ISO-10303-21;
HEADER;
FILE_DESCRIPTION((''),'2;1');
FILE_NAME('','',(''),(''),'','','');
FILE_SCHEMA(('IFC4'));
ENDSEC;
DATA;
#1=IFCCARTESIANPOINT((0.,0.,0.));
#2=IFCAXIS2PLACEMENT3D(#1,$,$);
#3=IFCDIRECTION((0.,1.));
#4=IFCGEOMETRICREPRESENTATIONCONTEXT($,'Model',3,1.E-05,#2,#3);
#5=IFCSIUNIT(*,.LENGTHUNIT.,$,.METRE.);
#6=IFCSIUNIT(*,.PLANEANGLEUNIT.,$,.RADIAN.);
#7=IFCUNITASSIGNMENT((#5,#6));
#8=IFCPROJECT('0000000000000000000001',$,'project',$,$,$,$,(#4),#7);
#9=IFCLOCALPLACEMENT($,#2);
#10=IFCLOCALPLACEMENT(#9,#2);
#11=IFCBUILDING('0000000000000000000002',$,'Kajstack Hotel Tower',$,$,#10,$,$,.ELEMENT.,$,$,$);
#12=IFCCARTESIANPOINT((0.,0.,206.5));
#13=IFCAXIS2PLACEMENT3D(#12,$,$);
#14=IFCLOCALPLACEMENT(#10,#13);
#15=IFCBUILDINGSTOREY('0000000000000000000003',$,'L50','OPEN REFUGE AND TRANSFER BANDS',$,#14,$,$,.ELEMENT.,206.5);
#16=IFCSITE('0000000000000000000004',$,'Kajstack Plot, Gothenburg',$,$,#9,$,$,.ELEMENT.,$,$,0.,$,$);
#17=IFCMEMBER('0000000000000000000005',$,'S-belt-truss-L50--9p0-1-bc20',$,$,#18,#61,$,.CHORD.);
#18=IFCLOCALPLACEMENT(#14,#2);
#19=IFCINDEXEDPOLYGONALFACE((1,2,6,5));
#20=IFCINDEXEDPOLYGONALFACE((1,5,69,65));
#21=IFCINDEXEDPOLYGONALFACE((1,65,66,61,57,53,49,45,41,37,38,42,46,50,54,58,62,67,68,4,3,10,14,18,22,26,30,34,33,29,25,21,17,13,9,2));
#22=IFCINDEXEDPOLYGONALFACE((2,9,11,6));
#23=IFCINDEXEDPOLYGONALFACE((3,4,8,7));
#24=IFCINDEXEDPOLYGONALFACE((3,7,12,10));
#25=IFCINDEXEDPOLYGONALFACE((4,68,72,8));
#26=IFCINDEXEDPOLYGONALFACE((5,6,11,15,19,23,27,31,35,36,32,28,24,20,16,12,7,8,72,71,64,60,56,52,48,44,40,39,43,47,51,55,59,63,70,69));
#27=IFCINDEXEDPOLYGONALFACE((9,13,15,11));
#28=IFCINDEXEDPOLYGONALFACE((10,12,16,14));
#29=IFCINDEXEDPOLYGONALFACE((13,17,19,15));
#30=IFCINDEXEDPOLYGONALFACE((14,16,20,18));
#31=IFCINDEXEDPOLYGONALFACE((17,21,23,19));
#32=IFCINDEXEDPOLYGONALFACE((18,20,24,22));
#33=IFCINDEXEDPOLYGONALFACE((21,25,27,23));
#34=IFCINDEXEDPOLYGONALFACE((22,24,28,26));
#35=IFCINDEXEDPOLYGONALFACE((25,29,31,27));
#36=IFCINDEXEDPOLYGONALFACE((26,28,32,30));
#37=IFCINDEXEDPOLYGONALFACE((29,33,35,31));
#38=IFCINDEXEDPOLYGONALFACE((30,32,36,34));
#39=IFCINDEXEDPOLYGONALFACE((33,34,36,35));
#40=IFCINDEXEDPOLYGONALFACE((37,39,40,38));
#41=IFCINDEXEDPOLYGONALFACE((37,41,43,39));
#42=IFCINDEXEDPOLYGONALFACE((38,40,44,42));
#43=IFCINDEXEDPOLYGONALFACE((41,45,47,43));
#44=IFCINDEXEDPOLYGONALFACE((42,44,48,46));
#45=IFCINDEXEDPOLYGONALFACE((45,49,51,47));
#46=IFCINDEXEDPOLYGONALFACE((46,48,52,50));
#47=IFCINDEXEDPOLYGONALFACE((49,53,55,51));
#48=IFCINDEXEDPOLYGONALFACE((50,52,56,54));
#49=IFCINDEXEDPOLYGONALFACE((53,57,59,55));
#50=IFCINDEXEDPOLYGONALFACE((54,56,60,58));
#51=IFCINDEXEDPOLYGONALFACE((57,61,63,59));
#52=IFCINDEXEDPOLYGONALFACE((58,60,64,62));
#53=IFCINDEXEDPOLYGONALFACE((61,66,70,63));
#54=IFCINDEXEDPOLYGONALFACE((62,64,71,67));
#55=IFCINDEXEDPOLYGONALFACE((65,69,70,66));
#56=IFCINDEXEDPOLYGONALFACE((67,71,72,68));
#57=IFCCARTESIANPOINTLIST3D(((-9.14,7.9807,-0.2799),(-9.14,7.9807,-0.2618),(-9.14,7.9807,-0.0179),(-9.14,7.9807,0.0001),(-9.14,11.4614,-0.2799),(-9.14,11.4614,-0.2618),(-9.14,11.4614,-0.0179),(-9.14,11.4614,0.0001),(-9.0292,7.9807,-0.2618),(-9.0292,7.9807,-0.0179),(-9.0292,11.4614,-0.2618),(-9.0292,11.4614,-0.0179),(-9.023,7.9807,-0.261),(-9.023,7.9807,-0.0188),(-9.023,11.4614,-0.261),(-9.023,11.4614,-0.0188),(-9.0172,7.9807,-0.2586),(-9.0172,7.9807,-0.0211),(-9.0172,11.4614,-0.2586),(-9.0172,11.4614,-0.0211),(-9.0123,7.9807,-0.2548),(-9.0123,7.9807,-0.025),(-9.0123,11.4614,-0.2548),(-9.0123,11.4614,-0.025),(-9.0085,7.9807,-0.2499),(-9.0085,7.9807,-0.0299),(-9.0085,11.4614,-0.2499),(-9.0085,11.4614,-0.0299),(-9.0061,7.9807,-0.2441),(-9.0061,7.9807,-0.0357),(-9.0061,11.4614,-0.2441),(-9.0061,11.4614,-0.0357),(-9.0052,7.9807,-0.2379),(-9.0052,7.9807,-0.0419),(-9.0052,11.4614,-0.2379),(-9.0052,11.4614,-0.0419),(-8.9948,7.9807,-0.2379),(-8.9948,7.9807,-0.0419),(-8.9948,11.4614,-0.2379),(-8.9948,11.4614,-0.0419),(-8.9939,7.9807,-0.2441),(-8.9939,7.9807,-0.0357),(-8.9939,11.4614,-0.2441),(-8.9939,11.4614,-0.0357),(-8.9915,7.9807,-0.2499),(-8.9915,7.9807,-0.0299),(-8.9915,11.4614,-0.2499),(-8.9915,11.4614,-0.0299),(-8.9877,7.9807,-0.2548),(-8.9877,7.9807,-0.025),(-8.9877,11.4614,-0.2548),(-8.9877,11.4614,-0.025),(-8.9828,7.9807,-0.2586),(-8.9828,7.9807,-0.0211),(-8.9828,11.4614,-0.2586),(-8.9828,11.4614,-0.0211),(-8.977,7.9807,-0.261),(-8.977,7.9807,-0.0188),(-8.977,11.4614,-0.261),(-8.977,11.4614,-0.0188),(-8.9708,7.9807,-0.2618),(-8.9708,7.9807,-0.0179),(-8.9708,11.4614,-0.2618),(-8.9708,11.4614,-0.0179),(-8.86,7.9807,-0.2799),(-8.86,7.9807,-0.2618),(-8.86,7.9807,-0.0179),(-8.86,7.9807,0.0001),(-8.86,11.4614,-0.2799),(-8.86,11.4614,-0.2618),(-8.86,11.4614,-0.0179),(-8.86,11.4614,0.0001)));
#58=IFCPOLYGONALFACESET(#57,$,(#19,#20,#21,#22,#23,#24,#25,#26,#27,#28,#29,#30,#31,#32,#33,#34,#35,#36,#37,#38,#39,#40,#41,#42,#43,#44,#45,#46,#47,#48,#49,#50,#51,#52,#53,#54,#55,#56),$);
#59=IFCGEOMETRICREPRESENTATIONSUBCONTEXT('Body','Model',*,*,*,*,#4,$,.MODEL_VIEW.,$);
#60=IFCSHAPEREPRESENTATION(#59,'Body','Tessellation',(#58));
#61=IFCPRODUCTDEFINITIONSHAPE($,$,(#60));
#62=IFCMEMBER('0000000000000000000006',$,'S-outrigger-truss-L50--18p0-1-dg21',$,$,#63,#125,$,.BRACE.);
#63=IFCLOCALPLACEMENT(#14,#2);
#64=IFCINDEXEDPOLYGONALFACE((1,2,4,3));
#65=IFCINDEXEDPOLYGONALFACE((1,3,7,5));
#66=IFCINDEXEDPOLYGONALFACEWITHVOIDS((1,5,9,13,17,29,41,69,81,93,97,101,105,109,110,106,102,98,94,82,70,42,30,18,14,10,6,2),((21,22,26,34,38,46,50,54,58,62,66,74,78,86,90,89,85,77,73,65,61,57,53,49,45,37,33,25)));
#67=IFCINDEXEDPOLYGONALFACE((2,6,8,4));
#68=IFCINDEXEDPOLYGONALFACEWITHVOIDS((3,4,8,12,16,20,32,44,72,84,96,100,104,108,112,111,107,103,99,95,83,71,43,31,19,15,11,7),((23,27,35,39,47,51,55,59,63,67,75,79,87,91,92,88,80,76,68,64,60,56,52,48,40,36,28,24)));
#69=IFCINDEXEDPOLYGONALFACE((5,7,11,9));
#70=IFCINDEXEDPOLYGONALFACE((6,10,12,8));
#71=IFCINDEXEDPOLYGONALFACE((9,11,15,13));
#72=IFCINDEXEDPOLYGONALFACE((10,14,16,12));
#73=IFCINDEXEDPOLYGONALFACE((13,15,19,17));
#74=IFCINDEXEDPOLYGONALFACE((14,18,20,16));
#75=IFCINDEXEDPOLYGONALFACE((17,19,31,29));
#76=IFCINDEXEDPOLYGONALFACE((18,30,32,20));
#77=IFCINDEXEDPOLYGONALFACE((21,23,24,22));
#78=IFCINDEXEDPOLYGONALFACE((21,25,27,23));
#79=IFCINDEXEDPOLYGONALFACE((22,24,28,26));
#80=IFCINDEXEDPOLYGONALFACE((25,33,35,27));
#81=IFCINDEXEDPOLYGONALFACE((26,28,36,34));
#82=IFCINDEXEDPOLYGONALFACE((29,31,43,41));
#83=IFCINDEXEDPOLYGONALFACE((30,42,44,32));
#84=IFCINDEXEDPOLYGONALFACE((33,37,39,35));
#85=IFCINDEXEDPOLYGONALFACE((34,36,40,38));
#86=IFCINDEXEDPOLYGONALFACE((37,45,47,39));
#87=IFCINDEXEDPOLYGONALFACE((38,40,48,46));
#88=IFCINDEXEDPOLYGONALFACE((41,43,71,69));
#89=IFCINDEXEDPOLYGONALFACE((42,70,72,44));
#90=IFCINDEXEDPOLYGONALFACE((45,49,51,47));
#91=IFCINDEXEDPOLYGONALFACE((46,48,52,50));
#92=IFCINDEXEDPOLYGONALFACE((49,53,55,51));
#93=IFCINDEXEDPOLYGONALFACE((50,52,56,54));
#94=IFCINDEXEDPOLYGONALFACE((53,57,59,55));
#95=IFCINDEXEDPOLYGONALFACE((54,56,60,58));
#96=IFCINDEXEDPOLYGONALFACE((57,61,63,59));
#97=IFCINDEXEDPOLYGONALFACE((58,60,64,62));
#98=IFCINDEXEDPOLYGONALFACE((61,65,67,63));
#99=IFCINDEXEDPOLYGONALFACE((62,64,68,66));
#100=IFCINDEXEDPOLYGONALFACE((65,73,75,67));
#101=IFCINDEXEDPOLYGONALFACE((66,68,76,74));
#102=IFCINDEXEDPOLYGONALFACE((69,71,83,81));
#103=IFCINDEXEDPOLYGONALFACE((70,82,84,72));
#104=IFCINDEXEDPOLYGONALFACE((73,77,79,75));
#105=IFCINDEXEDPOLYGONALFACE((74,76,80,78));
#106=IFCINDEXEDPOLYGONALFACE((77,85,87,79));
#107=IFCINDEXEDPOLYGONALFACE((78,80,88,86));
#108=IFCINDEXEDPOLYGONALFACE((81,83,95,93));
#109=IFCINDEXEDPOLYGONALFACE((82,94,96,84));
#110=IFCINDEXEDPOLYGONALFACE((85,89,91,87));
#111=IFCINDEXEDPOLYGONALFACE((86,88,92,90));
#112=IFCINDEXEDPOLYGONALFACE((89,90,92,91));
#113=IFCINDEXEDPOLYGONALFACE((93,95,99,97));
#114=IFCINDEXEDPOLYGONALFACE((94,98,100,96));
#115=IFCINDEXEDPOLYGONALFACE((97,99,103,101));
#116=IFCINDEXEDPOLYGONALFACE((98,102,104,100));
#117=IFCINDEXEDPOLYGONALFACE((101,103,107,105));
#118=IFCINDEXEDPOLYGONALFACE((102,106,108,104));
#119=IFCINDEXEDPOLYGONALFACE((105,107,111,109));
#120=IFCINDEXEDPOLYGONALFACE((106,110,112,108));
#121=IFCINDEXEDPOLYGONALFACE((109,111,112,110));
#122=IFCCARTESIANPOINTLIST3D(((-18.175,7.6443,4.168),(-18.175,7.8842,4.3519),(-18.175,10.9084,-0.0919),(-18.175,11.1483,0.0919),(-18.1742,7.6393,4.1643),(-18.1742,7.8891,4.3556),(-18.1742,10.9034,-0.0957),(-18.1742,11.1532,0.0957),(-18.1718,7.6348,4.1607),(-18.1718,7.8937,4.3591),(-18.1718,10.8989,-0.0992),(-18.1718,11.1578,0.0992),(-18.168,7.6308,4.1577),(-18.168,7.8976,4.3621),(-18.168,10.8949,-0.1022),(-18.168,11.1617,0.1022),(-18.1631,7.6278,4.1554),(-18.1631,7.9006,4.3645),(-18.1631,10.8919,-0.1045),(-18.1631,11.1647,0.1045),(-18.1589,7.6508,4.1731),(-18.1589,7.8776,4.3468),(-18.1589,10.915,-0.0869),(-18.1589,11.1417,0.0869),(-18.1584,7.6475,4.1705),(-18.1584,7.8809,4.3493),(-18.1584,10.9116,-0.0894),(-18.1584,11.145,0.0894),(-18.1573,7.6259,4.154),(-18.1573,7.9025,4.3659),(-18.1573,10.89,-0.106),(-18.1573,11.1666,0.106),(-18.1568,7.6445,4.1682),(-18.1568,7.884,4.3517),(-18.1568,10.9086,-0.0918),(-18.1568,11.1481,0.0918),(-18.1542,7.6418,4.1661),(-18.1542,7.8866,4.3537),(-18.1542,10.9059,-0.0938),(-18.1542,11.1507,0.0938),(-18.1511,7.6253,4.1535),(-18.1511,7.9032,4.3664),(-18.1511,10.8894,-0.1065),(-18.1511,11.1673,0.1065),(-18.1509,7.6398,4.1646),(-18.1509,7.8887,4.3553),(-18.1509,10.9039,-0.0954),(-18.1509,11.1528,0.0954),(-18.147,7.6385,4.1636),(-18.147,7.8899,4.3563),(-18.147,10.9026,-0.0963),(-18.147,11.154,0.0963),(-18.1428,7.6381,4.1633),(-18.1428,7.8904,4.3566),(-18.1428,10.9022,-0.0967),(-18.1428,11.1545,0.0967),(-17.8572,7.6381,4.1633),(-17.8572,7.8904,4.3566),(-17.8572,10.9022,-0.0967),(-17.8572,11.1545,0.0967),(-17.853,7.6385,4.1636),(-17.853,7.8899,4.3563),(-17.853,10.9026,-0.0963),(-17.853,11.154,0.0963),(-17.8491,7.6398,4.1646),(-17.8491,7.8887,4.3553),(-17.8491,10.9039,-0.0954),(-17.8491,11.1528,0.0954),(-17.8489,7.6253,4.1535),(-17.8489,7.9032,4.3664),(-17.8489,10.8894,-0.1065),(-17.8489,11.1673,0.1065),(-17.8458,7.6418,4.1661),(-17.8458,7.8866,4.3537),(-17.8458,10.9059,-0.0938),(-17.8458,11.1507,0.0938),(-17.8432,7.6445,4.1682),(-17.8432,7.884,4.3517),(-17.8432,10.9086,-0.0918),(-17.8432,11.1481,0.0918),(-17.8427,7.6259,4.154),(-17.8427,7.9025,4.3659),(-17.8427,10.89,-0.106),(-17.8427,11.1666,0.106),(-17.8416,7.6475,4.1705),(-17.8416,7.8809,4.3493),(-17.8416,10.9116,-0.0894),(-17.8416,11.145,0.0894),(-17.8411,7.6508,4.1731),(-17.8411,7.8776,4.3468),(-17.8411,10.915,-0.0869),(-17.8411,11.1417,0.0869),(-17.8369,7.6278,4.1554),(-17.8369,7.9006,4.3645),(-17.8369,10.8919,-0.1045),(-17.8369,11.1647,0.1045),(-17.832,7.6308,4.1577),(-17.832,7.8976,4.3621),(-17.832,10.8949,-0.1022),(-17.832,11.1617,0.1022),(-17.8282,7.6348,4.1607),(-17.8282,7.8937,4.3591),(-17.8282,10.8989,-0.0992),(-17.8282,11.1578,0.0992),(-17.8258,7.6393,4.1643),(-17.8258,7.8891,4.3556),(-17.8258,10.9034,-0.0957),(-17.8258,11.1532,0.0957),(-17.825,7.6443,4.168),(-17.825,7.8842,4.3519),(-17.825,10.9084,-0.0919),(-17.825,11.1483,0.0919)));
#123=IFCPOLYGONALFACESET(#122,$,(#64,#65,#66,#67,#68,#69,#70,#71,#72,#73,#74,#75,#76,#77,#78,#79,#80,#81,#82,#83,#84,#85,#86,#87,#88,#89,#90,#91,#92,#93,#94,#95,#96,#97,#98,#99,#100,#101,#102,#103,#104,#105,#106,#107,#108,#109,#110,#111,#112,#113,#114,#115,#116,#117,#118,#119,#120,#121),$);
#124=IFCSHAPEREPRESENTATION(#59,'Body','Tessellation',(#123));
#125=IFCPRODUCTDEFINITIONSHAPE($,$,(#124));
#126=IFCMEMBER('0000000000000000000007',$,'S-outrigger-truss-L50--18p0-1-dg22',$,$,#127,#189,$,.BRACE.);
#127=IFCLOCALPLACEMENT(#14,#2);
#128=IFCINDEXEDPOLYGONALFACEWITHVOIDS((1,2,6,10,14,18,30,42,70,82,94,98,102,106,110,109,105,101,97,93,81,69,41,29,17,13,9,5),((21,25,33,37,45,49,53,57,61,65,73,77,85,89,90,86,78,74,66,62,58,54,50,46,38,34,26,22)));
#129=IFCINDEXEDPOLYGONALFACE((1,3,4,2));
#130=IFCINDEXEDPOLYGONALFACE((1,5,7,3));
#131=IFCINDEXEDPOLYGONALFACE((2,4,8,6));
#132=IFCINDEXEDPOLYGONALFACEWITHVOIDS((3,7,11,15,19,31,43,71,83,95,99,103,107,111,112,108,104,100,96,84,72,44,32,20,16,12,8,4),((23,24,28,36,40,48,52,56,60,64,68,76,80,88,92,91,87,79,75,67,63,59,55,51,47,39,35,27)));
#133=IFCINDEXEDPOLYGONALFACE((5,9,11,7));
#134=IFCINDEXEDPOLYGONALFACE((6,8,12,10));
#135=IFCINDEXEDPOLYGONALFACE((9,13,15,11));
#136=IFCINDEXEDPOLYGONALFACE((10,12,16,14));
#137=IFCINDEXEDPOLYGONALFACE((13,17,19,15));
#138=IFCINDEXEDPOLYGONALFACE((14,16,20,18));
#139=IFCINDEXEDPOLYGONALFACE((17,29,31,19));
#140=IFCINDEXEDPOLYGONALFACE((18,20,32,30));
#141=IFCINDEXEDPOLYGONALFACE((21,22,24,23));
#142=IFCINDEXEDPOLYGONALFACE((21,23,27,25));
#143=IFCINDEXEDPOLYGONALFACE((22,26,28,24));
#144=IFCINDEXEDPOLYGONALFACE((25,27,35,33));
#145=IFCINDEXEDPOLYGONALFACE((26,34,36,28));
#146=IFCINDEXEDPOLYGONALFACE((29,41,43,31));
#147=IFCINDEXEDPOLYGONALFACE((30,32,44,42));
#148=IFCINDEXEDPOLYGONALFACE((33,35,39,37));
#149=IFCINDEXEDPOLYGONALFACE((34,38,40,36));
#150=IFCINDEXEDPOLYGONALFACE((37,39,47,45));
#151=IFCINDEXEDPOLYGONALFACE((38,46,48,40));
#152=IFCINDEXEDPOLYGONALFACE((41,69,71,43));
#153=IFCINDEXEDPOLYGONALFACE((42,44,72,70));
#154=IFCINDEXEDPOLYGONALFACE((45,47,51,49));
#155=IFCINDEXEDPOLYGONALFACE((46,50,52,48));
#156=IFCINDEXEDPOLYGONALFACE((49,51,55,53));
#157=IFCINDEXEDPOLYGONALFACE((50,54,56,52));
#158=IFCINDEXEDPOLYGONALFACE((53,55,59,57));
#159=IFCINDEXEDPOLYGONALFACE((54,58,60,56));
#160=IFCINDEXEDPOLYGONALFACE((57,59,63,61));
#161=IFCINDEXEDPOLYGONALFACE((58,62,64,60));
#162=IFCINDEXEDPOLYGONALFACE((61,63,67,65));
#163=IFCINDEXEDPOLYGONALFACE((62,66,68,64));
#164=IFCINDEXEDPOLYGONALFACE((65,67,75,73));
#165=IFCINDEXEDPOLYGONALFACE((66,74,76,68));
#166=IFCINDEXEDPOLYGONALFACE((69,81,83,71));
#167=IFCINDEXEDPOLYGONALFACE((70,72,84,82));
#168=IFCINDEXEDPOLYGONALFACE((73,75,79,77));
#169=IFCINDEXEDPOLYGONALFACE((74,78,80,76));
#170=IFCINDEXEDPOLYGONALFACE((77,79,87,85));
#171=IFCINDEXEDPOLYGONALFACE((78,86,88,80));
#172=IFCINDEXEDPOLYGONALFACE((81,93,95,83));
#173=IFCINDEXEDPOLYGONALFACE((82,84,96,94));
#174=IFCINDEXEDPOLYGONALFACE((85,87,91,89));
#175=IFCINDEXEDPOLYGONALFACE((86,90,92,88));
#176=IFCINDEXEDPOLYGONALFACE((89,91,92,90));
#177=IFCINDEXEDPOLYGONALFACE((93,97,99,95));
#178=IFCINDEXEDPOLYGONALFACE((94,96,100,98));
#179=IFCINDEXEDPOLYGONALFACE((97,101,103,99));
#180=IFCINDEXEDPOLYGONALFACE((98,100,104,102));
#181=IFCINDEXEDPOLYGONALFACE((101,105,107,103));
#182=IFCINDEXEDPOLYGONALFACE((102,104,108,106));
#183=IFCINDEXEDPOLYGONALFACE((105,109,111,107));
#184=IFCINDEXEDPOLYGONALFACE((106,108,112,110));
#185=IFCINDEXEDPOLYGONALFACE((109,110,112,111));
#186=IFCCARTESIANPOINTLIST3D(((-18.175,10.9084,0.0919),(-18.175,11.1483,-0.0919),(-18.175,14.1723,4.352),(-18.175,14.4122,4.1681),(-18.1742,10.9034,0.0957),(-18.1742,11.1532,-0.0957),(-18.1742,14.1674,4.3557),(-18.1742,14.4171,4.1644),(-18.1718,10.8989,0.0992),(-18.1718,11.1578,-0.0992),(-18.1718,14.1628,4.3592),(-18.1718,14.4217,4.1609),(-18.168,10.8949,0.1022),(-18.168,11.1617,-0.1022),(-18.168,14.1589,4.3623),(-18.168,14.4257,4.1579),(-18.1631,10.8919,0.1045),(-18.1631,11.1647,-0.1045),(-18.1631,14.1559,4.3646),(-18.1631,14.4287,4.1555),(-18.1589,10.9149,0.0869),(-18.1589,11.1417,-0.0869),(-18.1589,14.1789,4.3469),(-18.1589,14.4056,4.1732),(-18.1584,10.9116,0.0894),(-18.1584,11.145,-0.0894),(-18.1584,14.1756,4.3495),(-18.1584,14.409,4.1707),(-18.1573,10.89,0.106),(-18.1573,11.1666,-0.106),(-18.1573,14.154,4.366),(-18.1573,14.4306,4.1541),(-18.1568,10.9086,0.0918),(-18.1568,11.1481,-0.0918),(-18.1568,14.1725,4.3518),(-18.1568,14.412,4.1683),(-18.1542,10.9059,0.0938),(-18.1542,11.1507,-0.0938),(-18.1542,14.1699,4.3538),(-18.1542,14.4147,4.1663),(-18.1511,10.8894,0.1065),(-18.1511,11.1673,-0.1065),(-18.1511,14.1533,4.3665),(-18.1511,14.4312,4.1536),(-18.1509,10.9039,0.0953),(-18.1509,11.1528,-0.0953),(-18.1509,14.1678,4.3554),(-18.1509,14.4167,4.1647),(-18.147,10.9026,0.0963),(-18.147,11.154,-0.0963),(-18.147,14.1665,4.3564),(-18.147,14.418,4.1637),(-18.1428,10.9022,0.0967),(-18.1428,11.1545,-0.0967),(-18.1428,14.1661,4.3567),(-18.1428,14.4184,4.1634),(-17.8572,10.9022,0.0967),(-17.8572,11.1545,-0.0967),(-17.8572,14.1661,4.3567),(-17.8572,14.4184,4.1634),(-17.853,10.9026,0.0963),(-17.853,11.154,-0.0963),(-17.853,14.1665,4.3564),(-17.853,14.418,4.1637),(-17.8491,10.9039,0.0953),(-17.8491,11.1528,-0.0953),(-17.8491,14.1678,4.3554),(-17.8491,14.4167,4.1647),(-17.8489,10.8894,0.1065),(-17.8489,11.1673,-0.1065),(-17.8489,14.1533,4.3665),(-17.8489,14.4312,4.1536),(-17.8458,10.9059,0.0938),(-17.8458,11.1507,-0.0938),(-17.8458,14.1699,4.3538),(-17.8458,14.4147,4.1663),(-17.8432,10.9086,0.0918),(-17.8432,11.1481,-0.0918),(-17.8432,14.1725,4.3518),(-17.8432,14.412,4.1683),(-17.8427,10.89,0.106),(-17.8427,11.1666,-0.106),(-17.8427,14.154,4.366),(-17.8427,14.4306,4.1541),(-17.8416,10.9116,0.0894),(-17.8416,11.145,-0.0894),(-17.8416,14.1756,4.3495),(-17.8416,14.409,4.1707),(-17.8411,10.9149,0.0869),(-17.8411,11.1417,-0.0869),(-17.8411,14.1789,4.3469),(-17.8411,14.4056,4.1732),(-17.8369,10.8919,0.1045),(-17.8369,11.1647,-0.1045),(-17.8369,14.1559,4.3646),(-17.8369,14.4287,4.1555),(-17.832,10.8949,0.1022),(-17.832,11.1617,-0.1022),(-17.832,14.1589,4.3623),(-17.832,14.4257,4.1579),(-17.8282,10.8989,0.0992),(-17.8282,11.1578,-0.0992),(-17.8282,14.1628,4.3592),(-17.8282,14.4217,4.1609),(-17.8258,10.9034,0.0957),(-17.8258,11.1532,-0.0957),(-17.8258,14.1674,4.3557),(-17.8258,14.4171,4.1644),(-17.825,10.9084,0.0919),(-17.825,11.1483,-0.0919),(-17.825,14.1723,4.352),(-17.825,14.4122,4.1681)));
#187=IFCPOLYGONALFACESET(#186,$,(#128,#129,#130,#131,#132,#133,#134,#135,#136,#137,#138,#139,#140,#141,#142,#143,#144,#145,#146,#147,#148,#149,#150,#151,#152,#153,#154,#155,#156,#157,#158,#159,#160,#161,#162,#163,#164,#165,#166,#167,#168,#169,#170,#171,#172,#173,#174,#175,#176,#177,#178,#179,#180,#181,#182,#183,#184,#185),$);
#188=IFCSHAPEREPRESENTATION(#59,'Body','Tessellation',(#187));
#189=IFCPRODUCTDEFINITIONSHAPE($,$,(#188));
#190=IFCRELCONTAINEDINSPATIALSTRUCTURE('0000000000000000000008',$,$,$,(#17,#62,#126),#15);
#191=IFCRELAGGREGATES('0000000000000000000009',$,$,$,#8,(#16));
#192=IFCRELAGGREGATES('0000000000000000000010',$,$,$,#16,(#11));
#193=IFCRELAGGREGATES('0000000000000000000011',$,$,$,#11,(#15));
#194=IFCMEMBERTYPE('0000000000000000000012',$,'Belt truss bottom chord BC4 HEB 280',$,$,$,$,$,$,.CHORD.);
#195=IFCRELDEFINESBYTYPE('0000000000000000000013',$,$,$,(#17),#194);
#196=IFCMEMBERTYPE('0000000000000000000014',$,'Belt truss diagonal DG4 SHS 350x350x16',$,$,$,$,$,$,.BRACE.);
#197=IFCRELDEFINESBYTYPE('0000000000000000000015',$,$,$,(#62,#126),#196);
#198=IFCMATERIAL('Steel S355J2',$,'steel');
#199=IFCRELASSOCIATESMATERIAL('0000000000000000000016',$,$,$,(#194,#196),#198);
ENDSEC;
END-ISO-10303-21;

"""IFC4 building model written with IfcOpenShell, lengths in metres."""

from ifc_helpers import new_model, si_unit, direction, frame, origin, origin_2d, place, context, subcontext, project, spatial, hollow_rectangle, i_section, extrude, material, material_profile, profile_set, type_object, element, save


model = new_model("IFC4")

# Units and contexts
model_context = context("Model", 3, precision=1e-05, world=origin(), true_north=direction((0.0, 1.0)))
body_context = subcontext(model_context, "Body", "Model", "MODEL_VIEW")
ifc_project = project(units=[si_unit("LENGTHUNIT", "METRE"), si_unit("PLANEANGLEUNIT", "RADIAN")], contexts=[model_context])

# Site, building, storey
site_placement = place(None, origin())
site = spatial("IfcSite", under=ifc_project, at=site_placement, Name="Kajstack Plot, Gothenburg", CompositionType="ELEMENT", RefElevation=0.0)
building_placement = place(site_placement, origin())
building = spatial("IfcBuilding", under=site, at=building_placement, Name="Kajstack Hotel Tower", CompositionType="ELEMENT")
storey_placement = place(building_placement, frame((0.0, 0.0, 206.5)))
storey = spatial("IfcBuildingStorey", under=building, at=storey_placement, Name="L50", Description="OPEN REFUGE AND TRANSFER BANDS", CompositionType="ELEMENT", Elevation=206.5)

# Members
ifc_material = material(Name="Steel S355J2", Category="steel")
ifc_material_profile_1 = material_profile(ifc_material, i_section(OverallWidth=0.28, OverallDepth=0.28, WebThickness=0.0105, FlangeThickness=0.0181, FilletRadius=0.0239, at=origin_2d()), Name="HEB 280")
ifc_profile_set_1 = profile_set([ifc_material_profile_1], Name="Steel S355J2")
member_type_1 = type_object("IfcMemberType", Name="Belt truss bottom chord BC4 HEB 280", PredefinedType="CHORD", material=ifc_profile_set_1)
for number, where, z_axis, x_axis, name in (
    (1, (-9.0, 7.9807, -0.1399), (0.0, 1.0, 0.0), (-1.0, 0.0, 0.0), "S-belt-truss-L50--9p0-1-bc20"),
):
    element("IfcMember", number, at=place(storey_placement, frame(where, z_axis=z_axis, x_axis=x_axis)), inside=storey, type_object=member_type_1, Name=name, PredefinedType="CHORD", context=body_context, shape_type="SweptSolid", body=[
        extrude(i_section(OverallWidth=0.28, OverallDepth=0.28, WebThickness=0.0105, FlangeThickness=0.0181, FilletRadius=0.0239, at=origin_2d()), origin(), (0.0, 0.0, 1.0), 3.4807),
    ])
ifc_material_profile_2 = material_profile(ifc_material, hollow_rectangle(XDim=0.3501, YDim=0.3501, WallThickness=0.0161, InnerFilletRadius=0.0161, OuterFilletRadius=0.0239, at=origin_2d()), Name="SHS 350x350x16")
ifc_profile_set_2 = profile_set([ifc_material_profile_2], Name="Steel S355J2")
member_type_2 = type_object("IfcMemberType", Name="Belt truss diagonal DG4 SHS 350x350x16", PredefinedType="BRACE", material=ifc_profile_set_2)
for number, where, z_axis, x_axis, name in (
    (2, (-18.0, 11.0283, 0.0), (0.0, -0.608215, 0.793773), (1.0, 0.0, 0.0), "S-outrigger-truss-L50--18p0-1-dg21"),
    (3, (-18.0, 11.0283, 0.0), (0.0, 0.608186, 0.793795), (-1.0, 0.0, 0.0), "S-outrigger-truss-L50--18p0-1-dg22"),
):
    element("IfcMember", number, at=place(storey_placement, frame(where, z_axis=z_axis, x_axis=x_axis)), inside=storey, type_object=member_type_2, Name=name, PredefinedType="BRACE", context=body_context, shape_type="SweptSolid", body=[
        extrude(hollow_rectangle(XDim=0.3501, YDim=0.3501, WallThickness=0.0161, InnerFilletRadius=0.0161, OuterFilletRadius=0.0239, at=origin_2d()), origin(), (0.0, 0.0, 1.0), 5.3667),
    ])

save(model, "model.ifc")
